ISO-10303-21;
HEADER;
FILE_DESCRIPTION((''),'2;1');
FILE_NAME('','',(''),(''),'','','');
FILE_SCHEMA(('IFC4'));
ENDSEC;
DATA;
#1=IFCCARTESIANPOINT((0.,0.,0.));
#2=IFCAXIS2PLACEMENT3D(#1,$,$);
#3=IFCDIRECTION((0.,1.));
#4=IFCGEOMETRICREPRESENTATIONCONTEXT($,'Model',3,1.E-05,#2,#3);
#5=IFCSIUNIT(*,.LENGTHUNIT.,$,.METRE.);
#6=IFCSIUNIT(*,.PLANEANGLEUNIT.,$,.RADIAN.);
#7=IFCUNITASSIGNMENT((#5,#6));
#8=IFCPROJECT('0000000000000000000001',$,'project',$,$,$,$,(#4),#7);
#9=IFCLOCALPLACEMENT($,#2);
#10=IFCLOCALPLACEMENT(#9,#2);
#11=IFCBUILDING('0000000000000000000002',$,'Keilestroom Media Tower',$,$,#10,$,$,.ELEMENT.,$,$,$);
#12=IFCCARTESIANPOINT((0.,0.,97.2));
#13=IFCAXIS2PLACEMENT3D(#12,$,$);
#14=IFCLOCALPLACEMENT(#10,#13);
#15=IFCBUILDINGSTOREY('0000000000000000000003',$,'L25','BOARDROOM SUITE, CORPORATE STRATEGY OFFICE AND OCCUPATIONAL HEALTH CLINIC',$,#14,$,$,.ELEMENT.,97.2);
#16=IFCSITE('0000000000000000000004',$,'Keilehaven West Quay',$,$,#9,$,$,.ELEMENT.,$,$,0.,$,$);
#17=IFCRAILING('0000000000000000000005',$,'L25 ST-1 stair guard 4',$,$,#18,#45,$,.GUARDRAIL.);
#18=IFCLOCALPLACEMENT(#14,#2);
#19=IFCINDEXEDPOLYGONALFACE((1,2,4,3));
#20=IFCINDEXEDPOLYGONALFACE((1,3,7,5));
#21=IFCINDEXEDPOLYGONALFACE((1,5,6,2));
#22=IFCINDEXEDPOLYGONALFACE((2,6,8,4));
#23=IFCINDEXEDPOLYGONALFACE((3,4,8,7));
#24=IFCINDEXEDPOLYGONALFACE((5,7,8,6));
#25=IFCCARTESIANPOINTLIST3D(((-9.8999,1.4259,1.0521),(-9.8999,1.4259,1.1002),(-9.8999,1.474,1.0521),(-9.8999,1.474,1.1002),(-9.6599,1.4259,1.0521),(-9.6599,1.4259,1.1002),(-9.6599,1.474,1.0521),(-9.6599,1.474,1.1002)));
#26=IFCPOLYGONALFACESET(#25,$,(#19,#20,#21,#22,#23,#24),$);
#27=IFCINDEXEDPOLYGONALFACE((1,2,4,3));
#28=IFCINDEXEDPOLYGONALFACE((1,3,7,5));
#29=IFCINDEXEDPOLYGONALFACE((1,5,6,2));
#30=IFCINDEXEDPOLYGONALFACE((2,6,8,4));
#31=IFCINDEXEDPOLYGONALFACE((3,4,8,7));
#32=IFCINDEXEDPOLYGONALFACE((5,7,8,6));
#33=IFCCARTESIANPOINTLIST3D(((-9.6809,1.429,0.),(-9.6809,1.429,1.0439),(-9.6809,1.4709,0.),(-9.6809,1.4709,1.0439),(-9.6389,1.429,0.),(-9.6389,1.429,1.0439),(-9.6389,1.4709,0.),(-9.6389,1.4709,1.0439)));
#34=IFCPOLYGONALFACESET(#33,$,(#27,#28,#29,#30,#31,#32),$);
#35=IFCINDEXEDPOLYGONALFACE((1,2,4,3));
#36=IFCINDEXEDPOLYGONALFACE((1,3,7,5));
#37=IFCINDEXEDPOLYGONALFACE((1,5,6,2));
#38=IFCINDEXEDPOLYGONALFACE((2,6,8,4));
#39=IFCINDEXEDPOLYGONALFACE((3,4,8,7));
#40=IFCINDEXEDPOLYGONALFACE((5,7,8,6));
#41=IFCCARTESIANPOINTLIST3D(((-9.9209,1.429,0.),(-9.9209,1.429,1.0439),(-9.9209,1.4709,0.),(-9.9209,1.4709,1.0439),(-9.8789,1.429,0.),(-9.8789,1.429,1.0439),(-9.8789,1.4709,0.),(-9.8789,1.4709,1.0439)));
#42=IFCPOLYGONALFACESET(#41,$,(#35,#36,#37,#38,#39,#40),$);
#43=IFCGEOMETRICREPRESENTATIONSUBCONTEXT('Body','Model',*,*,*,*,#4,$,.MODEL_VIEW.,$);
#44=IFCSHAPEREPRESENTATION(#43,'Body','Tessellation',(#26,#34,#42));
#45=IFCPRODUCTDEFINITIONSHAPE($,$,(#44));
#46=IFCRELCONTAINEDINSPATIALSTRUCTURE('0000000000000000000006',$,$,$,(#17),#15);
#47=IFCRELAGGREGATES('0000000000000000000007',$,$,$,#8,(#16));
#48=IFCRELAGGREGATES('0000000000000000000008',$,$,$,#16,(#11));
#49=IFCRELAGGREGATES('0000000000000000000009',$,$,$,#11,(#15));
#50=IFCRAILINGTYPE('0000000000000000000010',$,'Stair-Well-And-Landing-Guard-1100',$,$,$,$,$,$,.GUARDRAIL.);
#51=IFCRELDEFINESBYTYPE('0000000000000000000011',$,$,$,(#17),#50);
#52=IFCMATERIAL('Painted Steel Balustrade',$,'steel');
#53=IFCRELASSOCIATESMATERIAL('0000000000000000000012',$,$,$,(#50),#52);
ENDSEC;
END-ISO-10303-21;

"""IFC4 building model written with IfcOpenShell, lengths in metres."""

from ifc_helpers import new_model, si_unit, direction, frame, origin, origin_2d, place, context, subcontext, project, spatial, rectangle, extrude, material, type_object, element, save


model = new_model("IFC4")

# Units and contexts
model_context = context("Model", 3, precision=1e-05, world=origin(), true_north=direction((0.0, 1.0)))
body_context = subcontext(model_context, "Body", "Model", "MODEL_VIEW")
ifc_project = project(units=[si_unit("LENGTHUNIT", "METRE"), si_unit("PLANEANGLEUNIT", "RADIAN")], contexts=[model_context])

# Site, building, storey
site_placement = place(None, origin())
site = spatial("IfcSite", under=ifc_project, at=site_placement, Name="Keilehaven West Quay", CompositionType="ELEMENT", RefElevation=0.0)
building_placement = place(site_placement, origin())
building = spatial("IfcBuilding", under=site, at=building_placement, Name="Keilestroom Media Tower", CompositionType="ELEMENT")
storey_placement = place(building_placement, frame((0.0, 0.0, 97.2)))
storey = spatial("IfcBuildingStorey", under=building, at=storey_placement, Name="L25", Description="BOARDROOM SUITE, CORPORATE STRATEGY OFFICE AND OCCUPATIONAL HEALTH CLINIC", CompositionType="ELEMENT", Elevation=97.2)

# Railing
ifc_material_1 = material(Name="Painted Steel Balustrade", Category="steel")
railing_type_1 = type_object("IfcRailingType", Name="Stair-Well-And-Landing-Guard-1100", PredefinedType="GUARDRAIL", material=ifc_material_1)
railing_1_placement = place(storey_placement, frame((-9.6599, 1.45, 0.0)))
element("IfcRailing", 1, at=railing_1_placement, inside=storey, type_object=railing_type_1, Name="L25 ST-1 stair guard 4", PredefinedType="GUARDRAIL", context=body_context, shape_type="SweptSolid", body=[
    extrude(rectangle(XDim=0.0481, YDim=0.0481, at=origin_2d()), frame((0.0, 0.0, 1.0762), z_axis=(-1.0, 0.0, 0.0), x_axis=(0.0, -1.0, 0.0)), (0.0, 0.0, 1.0), 0.24),
    extrude(rectangle(XDim=0.042, YDim=0.042, at=origin_2d()), origin(), (0.0, 0.0, 1.0), 1.0439),
    extrude(rectangle(XDim=0.042, YDim=0.042, at=origin_2d()), frame((-0.24, 0.0, 0.0)), (0.0, 0.0, 1.0), 1.0439),
])

save(model, "model.ifc")
